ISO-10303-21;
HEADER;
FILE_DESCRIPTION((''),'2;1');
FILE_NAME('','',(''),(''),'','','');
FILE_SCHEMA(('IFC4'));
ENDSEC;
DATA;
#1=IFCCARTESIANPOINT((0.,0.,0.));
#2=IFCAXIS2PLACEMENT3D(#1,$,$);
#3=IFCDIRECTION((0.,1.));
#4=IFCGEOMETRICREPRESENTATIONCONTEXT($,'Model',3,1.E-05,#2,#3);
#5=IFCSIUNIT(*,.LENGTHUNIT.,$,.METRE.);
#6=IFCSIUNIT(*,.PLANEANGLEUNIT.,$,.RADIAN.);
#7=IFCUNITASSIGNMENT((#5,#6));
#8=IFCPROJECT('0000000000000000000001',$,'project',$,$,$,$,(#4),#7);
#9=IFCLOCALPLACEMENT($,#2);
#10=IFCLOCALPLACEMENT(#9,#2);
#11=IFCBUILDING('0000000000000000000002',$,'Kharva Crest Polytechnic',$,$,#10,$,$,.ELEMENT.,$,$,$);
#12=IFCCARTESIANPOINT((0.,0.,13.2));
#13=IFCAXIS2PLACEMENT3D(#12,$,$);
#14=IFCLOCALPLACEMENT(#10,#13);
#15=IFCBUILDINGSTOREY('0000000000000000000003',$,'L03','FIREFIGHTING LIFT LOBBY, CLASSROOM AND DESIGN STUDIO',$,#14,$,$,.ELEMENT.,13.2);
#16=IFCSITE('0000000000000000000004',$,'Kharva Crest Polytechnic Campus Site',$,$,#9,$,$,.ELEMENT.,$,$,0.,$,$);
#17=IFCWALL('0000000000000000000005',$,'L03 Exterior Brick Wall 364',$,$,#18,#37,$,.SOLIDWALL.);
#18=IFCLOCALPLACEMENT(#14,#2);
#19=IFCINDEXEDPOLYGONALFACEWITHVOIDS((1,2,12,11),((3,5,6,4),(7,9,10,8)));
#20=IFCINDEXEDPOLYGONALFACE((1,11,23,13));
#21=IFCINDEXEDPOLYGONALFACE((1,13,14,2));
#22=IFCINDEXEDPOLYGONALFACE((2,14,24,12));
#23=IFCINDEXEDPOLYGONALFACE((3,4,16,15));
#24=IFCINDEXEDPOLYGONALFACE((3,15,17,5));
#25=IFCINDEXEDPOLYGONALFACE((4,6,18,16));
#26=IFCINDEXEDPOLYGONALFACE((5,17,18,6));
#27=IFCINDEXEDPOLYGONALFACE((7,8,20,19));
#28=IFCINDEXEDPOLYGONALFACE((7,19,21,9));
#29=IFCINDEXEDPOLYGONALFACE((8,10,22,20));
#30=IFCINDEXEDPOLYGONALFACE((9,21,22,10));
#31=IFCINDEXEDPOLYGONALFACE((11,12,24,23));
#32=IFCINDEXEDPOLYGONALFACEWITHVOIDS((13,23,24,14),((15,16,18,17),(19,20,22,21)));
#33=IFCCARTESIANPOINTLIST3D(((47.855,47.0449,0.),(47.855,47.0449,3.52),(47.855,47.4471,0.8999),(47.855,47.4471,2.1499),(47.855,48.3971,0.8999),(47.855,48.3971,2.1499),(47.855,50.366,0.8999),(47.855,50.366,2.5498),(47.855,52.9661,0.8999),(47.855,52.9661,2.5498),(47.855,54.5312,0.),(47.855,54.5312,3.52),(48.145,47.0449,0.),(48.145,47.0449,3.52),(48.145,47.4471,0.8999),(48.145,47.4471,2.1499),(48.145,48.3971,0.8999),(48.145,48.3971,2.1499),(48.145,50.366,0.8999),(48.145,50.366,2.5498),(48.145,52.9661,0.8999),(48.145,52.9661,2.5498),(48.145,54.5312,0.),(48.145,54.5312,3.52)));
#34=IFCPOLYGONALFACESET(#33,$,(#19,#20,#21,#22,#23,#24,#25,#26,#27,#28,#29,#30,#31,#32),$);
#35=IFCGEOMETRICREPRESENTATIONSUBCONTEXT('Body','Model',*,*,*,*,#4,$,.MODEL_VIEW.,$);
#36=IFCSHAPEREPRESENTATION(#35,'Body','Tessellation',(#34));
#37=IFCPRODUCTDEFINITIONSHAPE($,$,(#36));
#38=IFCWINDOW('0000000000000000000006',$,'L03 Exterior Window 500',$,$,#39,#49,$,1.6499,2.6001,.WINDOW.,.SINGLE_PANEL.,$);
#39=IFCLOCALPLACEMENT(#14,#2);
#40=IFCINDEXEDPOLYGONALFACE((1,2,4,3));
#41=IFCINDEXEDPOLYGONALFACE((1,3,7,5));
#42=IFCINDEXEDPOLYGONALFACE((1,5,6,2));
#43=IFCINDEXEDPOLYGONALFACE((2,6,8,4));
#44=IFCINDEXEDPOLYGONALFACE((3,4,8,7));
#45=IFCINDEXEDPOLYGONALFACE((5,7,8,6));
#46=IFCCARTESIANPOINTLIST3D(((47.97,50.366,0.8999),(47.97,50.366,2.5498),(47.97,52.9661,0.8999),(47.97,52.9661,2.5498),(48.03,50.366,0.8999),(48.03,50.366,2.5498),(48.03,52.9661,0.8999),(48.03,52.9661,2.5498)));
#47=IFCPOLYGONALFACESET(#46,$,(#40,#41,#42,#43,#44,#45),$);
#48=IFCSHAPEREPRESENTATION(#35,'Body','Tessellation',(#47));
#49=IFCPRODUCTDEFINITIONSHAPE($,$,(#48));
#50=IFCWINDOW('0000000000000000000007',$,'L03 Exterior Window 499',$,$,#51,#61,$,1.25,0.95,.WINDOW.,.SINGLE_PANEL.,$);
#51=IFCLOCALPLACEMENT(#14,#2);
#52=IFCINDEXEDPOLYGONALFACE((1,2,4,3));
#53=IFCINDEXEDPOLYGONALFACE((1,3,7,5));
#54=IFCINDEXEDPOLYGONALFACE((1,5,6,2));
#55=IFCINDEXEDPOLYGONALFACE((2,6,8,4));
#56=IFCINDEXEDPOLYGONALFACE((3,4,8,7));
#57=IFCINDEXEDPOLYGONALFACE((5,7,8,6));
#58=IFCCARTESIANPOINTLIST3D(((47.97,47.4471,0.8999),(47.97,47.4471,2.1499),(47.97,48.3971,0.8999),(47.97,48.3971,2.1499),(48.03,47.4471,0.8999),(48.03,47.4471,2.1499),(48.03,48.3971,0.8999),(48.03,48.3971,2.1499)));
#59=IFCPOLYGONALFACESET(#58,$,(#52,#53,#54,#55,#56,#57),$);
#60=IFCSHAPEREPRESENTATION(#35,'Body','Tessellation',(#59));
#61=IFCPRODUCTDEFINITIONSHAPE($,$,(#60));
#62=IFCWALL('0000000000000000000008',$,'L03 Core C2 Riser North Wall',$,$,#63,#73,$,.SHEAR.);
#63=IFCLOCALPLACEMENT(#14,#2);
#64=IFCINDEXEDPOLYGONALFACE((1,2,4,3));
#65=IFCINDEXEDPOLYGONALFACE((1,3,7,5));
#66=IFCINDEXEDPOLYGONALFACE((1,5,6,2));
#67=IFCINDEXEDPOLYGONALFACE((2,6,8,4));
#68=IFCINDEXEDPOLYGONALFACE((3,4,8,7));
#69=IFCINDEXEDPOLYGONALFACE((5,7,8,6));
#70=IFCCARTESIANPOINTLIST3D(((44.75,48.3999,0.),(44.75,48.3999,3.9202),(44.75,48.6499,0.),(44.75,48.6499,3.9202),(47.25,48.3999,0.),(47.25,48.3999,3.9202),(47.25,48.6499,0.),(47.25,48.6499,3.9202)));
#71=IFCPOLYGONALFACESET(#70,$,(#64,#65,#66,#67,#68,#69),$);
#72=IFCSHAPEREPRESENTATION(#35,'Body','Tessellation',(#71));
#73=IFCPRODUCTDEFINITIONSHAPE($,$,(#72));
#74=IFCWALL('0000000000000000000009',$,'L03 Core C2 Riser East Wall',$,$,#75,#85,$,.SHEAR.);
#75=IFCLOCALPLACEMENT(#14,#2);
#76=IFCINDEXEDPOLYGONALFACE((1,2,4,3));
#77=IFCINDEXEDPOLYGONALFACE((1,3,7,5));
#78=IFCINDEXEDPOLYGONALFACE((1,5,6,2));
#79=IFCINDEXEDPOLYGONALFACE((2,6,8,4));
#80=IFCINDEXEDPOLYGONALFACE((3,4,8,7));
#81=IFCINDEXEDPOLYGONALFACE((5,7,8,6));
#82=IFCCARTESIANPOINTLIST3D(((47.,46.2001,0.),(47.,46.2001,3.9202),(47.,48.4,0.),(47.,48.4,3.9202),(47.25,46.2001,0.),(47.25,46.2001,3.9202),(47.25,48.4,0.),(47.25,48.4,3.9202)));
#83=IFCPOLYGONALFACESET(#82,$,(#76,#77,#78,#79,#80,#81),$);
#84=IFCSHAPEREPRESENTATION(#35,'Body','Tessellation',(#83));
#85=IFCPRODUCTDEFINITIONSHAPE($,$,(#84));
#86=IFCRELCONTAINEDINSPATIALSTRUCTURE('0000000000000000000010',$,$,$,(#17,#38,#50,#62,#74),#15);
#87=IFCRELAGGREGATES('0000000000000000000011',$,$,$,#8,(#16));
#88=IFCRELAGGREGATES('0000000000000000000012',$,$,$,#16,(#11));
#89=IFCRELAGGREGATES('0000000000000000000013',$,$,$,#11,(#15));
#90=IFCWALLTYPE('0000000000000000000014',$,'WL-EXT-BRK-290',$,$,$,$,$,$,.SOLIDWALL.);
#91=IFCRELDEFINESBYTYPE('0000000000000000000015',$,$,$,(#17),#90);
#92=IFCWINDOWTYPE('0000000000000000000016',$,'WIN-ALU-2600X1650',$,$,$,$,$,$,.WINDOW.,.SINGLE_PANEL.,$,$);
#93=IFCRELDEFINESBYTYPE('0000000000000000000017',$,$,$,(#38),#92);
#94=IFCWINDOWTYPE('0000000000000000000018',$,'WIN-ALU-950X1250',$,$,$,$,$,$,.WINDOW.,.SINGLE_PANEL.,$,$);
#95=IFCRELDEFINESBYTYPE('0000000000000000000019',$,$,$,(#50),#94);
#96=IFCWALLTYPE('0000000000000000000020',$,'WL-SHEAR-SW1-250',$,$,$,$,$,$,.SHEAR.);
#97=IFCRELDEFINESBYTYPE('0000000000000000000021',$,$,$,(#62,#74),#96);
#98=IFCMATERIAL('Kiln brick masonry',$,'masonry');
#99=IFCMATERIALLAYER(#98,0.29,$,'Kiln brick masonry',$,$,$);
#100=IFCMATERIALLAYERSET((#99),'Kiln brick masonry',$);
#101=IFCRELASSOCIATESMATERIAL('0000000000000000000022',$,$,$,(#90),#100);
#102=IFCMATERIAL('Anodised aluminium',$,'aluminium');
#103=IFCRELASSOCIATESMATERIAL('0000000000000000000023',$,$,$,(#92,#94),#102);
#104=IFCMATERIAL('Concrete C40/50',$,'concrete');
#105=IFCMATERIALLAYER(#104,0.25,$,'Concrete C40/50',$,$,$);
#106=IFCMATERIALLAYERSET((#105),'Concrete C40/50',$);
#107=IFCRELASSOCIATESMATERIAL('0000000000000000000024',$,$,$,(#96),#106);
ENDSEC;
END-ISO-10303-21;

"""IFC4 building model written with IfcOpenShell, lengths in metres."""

from ifc_helpers import new_model, si_unit, direction, frame, frame_2d, origin, place, context, subcontext, project, spatial, rectangle, extrude, material, layer, layer_set, type_object, element, fill, save


model = new_model("IFC4")

# Units and contexts
model_context = context("Model", 3, precision=1e-05, world=origin(), true_north=direction((0.0, 1.0)))
body_context = subcontext(model_context, "Body", "Model", "MODEL_VIEW")
ifc_project = project(units=[si_unit("LENGTHUNIT", "METRE"), si_unit("PLANEANGLEUNIT", "RADIAN")], contexts=[model_context])

# Site, building, storey
site_placement = place(None, origin())
site = spatial("IfcSite", under=ifc_project, at=site_placement, Name="Kharva Crest Polytechnic Campus Site", CompositionType="ELEMENT", RefElevation=0.0)
building_placement = place(site_placement, origin())
building = spatial("IfcBuilding", under=site, at=building_placement, Name="Kharva Crest Polytechnic", CompositionType="ELEMENT")
storey_placement = place(building_placement, frame((0.0, 0.0, 13.2)))
storey = spatial("IfcBuildingStorey", under=building, at=storey_placement, Name="L03", Description="FIREFIGHTING LIFT LOBBY, CLASSROOM AND DESIGN STUDIO", CompositionType="ELEMENT", Elevation=13.2)

# Shared definitions
ifc_material_1 = material(Name="Concrete C40/50", Category="concrete")

# Wall, openings, windows
ifc_material_2 = material(Name="Kiln brick masonry", Category="masonry")
ifc_layer_1 = layer(ifc_material_2, 0.29, Name="Kiln brick masonry")
ifc_layer_set_1 = layer_set([ifc_layer_1], Name="Kiln brick masonry")
wall_type_1 = type_object("IfcWallType", Name="WL-EXT-BRK-290", PredefinedType="SOLIDWALL", material=ifc_layer_set_1)
wall_1_placement = place(storey_placement, frame((48.0, 47.0449, 0.0), z_axis=(0.0, 0.0, 1.0), x_axis=(0.0, 1.0, 0.0)))
wall_1 = element("IfcWall", 1, at=wall_1_placement, inside=storey, type_object=wall_type_1, Name="L03 Exterior Brick Wall 364", PredefinedType="SOLIDWALL", context=body_context, shape_type="SweptSolid", body=[
    extrude(rectangle(XDim=7.4863, YDim=0.29, at=frame_2d((3.7432, 0.0))), origin(), (0.0, 0.0, 1.0), 3.52),
])
opening_1_placement = place(wall_1_placement, frame((0.4021, 0.0, 0.8999)))
opening_1 = element("IfcOpeningElement", 2, at=opening_1_placement, cuts=wall_1, PredefinedType="OPENING", context=body_context, shape_type="SweptSolid", body=[
    extrude(rectangle(XDim=0.95, YDim=1.25, at=frame_2d((0.4751, 0.625))), frame((0.0, 0.155, 0.0), z_axis=(0.0, -1.0, 0.0), x_axis=(1.0, 0.0, 0.0)), (0.0, 0.0, 1.0), 0.3101),
])
opening_2_placement = place(wall_1_placement, frame((3.321, 0.0, 0.8999)))
opening_2 = element("IfcOpeningElement", 3, at=opening_2_placement, cuts=wall_1, PredefinedType="OPENING", context=body_context, shape_type="SweptSolid", body=[
    extrude(rectangle(XDim=2.6001, YDim=1.6499, at=frame_2d((1.3, 0.825))), frame((0.0, 0.155, 0.0), z_axis=(0.0, -1.0, 0.0), x_axis=(1.0, 0.0, 0.0)), (0.0, 0.0, 1.0), 0.3101),
])
ifc_material_3 = material(Name="Anodised aluminium", Category="aluminium")
window_type_1 = type_object("IfcWindowType", Name="WIN-ALU-2600X1650", PartitioningType="SINGLE_PANEL", PredefinedType="WINDOW", material=ifc_material_3)
window_1_placement = place(opening_2_placement, origin())
window_1 = element("IfcWindow", 4, at=window_1_placement, inside=storey, type_object=window_type_1, Name="L03 Exterior Window 500", OverallHeight=1.6499, OverallWidth=2.6001, PartitioningType="SINGLE_PANEL", PredefinedType="WINDOW", context=body_context, shape_type="SweptSolid", body=[
    extrude(rectangle(XDim=2.6001, YDim=1.6499, at=frame_2d((1.3, 0.825))), frame((0.0, 0.03, 0.0), z_axis=(0.0, -1.0, 0.0), x_axis=(1.0, 0.0, 0.0)), (0.0, 0.0, 1.0), 0.0601),
])
fill(opening_2, window_1)
window_type_2 = type_object("IfcWindowType", Name="WIN-ALU-950X1250", PartitioningType="SINGLE_PANEL", PredefinedType="WINDOW", material=ifc_material_3)
window_2_placement = place(opening_1_placement, origin())
window_2 = element("IfcWindow", 5, at=window_2_placement, inside=storey, type_object=window_type_2, Name="L03 Exterior Window 499", OverallHeight=1.25, OverallWidth=0.95, PartitioningType="SINGLE_PANEL", PredefinedType="WINDOW", context=body_context, shape_type="SweptSolid", body=[
    extrude(rectangle(XDim=0.95, YDim=1.25, at=frame_2d((0.4751, 0.625))), frame((0.0, 0.03, 0.0), z_axis=(0.0, -1.0, 0.0), x_axis=(1.0, 0.0, 0.0)), (0.0, 0.0, 1.0), 0.0601),
])
fill(opening_1, window_2)

# Walls
ifc_layer_2 = layer(ifc_material_1, 0.25, Name="Concrete C40/50")
ifc_layer_set_2 = layer_set([ifc_layer_2], Name="Concrete C40/50")
wall_type_2 = type_object("IfcWallType", Name="WL-SHEAR-SW1-250", PredefinedType="SHEAR", material=ifc_layer_set_2)
wall_2_placement = place(storey_placement, frame((44.75, 48.5249, 0.0), z_axis=(0.0, 0.0, 1.0), x_axis=(1.0, 0.0, 0.0)))
element("IfcWall", 6, at=wall_2_placement, inside=storey, type_object=wall_type_2, Name="L03 Core C2 Riser North Wall", PredefinedType="SHEAR", context=body_context, shape_type="SweptSolid", body=[
    extrude(rectangle(XDim=2.5, YDim=0.25, at=frame_2d((1.25, 0.0))), origin(), (0.0, 0.0, 1.0), 3.9202),
])
wall_3_placement = place(storey_placement, frame((47.125, 46.2, 0.0), z_axis=(0.0, 0.0, 1.0), x_axis=(0.0, 1.0, 0.0)))
element("IfcWall", 7, at=wall_3_placement, inside=storey, type_object=wall_type_2, Name="L03 Core C2 Riser East Wall", PredefinedType="SHEAR", context=body_context, shape_type="SweptSolid", body=[
    extrude(rectangle(XDim=2.2, YDim=0.25, at=frame_2d((1.1001, 0.0))), origin(), (0.0, 0.0, 1.0), 3.9202),
])

save(model, "model.ifc")
